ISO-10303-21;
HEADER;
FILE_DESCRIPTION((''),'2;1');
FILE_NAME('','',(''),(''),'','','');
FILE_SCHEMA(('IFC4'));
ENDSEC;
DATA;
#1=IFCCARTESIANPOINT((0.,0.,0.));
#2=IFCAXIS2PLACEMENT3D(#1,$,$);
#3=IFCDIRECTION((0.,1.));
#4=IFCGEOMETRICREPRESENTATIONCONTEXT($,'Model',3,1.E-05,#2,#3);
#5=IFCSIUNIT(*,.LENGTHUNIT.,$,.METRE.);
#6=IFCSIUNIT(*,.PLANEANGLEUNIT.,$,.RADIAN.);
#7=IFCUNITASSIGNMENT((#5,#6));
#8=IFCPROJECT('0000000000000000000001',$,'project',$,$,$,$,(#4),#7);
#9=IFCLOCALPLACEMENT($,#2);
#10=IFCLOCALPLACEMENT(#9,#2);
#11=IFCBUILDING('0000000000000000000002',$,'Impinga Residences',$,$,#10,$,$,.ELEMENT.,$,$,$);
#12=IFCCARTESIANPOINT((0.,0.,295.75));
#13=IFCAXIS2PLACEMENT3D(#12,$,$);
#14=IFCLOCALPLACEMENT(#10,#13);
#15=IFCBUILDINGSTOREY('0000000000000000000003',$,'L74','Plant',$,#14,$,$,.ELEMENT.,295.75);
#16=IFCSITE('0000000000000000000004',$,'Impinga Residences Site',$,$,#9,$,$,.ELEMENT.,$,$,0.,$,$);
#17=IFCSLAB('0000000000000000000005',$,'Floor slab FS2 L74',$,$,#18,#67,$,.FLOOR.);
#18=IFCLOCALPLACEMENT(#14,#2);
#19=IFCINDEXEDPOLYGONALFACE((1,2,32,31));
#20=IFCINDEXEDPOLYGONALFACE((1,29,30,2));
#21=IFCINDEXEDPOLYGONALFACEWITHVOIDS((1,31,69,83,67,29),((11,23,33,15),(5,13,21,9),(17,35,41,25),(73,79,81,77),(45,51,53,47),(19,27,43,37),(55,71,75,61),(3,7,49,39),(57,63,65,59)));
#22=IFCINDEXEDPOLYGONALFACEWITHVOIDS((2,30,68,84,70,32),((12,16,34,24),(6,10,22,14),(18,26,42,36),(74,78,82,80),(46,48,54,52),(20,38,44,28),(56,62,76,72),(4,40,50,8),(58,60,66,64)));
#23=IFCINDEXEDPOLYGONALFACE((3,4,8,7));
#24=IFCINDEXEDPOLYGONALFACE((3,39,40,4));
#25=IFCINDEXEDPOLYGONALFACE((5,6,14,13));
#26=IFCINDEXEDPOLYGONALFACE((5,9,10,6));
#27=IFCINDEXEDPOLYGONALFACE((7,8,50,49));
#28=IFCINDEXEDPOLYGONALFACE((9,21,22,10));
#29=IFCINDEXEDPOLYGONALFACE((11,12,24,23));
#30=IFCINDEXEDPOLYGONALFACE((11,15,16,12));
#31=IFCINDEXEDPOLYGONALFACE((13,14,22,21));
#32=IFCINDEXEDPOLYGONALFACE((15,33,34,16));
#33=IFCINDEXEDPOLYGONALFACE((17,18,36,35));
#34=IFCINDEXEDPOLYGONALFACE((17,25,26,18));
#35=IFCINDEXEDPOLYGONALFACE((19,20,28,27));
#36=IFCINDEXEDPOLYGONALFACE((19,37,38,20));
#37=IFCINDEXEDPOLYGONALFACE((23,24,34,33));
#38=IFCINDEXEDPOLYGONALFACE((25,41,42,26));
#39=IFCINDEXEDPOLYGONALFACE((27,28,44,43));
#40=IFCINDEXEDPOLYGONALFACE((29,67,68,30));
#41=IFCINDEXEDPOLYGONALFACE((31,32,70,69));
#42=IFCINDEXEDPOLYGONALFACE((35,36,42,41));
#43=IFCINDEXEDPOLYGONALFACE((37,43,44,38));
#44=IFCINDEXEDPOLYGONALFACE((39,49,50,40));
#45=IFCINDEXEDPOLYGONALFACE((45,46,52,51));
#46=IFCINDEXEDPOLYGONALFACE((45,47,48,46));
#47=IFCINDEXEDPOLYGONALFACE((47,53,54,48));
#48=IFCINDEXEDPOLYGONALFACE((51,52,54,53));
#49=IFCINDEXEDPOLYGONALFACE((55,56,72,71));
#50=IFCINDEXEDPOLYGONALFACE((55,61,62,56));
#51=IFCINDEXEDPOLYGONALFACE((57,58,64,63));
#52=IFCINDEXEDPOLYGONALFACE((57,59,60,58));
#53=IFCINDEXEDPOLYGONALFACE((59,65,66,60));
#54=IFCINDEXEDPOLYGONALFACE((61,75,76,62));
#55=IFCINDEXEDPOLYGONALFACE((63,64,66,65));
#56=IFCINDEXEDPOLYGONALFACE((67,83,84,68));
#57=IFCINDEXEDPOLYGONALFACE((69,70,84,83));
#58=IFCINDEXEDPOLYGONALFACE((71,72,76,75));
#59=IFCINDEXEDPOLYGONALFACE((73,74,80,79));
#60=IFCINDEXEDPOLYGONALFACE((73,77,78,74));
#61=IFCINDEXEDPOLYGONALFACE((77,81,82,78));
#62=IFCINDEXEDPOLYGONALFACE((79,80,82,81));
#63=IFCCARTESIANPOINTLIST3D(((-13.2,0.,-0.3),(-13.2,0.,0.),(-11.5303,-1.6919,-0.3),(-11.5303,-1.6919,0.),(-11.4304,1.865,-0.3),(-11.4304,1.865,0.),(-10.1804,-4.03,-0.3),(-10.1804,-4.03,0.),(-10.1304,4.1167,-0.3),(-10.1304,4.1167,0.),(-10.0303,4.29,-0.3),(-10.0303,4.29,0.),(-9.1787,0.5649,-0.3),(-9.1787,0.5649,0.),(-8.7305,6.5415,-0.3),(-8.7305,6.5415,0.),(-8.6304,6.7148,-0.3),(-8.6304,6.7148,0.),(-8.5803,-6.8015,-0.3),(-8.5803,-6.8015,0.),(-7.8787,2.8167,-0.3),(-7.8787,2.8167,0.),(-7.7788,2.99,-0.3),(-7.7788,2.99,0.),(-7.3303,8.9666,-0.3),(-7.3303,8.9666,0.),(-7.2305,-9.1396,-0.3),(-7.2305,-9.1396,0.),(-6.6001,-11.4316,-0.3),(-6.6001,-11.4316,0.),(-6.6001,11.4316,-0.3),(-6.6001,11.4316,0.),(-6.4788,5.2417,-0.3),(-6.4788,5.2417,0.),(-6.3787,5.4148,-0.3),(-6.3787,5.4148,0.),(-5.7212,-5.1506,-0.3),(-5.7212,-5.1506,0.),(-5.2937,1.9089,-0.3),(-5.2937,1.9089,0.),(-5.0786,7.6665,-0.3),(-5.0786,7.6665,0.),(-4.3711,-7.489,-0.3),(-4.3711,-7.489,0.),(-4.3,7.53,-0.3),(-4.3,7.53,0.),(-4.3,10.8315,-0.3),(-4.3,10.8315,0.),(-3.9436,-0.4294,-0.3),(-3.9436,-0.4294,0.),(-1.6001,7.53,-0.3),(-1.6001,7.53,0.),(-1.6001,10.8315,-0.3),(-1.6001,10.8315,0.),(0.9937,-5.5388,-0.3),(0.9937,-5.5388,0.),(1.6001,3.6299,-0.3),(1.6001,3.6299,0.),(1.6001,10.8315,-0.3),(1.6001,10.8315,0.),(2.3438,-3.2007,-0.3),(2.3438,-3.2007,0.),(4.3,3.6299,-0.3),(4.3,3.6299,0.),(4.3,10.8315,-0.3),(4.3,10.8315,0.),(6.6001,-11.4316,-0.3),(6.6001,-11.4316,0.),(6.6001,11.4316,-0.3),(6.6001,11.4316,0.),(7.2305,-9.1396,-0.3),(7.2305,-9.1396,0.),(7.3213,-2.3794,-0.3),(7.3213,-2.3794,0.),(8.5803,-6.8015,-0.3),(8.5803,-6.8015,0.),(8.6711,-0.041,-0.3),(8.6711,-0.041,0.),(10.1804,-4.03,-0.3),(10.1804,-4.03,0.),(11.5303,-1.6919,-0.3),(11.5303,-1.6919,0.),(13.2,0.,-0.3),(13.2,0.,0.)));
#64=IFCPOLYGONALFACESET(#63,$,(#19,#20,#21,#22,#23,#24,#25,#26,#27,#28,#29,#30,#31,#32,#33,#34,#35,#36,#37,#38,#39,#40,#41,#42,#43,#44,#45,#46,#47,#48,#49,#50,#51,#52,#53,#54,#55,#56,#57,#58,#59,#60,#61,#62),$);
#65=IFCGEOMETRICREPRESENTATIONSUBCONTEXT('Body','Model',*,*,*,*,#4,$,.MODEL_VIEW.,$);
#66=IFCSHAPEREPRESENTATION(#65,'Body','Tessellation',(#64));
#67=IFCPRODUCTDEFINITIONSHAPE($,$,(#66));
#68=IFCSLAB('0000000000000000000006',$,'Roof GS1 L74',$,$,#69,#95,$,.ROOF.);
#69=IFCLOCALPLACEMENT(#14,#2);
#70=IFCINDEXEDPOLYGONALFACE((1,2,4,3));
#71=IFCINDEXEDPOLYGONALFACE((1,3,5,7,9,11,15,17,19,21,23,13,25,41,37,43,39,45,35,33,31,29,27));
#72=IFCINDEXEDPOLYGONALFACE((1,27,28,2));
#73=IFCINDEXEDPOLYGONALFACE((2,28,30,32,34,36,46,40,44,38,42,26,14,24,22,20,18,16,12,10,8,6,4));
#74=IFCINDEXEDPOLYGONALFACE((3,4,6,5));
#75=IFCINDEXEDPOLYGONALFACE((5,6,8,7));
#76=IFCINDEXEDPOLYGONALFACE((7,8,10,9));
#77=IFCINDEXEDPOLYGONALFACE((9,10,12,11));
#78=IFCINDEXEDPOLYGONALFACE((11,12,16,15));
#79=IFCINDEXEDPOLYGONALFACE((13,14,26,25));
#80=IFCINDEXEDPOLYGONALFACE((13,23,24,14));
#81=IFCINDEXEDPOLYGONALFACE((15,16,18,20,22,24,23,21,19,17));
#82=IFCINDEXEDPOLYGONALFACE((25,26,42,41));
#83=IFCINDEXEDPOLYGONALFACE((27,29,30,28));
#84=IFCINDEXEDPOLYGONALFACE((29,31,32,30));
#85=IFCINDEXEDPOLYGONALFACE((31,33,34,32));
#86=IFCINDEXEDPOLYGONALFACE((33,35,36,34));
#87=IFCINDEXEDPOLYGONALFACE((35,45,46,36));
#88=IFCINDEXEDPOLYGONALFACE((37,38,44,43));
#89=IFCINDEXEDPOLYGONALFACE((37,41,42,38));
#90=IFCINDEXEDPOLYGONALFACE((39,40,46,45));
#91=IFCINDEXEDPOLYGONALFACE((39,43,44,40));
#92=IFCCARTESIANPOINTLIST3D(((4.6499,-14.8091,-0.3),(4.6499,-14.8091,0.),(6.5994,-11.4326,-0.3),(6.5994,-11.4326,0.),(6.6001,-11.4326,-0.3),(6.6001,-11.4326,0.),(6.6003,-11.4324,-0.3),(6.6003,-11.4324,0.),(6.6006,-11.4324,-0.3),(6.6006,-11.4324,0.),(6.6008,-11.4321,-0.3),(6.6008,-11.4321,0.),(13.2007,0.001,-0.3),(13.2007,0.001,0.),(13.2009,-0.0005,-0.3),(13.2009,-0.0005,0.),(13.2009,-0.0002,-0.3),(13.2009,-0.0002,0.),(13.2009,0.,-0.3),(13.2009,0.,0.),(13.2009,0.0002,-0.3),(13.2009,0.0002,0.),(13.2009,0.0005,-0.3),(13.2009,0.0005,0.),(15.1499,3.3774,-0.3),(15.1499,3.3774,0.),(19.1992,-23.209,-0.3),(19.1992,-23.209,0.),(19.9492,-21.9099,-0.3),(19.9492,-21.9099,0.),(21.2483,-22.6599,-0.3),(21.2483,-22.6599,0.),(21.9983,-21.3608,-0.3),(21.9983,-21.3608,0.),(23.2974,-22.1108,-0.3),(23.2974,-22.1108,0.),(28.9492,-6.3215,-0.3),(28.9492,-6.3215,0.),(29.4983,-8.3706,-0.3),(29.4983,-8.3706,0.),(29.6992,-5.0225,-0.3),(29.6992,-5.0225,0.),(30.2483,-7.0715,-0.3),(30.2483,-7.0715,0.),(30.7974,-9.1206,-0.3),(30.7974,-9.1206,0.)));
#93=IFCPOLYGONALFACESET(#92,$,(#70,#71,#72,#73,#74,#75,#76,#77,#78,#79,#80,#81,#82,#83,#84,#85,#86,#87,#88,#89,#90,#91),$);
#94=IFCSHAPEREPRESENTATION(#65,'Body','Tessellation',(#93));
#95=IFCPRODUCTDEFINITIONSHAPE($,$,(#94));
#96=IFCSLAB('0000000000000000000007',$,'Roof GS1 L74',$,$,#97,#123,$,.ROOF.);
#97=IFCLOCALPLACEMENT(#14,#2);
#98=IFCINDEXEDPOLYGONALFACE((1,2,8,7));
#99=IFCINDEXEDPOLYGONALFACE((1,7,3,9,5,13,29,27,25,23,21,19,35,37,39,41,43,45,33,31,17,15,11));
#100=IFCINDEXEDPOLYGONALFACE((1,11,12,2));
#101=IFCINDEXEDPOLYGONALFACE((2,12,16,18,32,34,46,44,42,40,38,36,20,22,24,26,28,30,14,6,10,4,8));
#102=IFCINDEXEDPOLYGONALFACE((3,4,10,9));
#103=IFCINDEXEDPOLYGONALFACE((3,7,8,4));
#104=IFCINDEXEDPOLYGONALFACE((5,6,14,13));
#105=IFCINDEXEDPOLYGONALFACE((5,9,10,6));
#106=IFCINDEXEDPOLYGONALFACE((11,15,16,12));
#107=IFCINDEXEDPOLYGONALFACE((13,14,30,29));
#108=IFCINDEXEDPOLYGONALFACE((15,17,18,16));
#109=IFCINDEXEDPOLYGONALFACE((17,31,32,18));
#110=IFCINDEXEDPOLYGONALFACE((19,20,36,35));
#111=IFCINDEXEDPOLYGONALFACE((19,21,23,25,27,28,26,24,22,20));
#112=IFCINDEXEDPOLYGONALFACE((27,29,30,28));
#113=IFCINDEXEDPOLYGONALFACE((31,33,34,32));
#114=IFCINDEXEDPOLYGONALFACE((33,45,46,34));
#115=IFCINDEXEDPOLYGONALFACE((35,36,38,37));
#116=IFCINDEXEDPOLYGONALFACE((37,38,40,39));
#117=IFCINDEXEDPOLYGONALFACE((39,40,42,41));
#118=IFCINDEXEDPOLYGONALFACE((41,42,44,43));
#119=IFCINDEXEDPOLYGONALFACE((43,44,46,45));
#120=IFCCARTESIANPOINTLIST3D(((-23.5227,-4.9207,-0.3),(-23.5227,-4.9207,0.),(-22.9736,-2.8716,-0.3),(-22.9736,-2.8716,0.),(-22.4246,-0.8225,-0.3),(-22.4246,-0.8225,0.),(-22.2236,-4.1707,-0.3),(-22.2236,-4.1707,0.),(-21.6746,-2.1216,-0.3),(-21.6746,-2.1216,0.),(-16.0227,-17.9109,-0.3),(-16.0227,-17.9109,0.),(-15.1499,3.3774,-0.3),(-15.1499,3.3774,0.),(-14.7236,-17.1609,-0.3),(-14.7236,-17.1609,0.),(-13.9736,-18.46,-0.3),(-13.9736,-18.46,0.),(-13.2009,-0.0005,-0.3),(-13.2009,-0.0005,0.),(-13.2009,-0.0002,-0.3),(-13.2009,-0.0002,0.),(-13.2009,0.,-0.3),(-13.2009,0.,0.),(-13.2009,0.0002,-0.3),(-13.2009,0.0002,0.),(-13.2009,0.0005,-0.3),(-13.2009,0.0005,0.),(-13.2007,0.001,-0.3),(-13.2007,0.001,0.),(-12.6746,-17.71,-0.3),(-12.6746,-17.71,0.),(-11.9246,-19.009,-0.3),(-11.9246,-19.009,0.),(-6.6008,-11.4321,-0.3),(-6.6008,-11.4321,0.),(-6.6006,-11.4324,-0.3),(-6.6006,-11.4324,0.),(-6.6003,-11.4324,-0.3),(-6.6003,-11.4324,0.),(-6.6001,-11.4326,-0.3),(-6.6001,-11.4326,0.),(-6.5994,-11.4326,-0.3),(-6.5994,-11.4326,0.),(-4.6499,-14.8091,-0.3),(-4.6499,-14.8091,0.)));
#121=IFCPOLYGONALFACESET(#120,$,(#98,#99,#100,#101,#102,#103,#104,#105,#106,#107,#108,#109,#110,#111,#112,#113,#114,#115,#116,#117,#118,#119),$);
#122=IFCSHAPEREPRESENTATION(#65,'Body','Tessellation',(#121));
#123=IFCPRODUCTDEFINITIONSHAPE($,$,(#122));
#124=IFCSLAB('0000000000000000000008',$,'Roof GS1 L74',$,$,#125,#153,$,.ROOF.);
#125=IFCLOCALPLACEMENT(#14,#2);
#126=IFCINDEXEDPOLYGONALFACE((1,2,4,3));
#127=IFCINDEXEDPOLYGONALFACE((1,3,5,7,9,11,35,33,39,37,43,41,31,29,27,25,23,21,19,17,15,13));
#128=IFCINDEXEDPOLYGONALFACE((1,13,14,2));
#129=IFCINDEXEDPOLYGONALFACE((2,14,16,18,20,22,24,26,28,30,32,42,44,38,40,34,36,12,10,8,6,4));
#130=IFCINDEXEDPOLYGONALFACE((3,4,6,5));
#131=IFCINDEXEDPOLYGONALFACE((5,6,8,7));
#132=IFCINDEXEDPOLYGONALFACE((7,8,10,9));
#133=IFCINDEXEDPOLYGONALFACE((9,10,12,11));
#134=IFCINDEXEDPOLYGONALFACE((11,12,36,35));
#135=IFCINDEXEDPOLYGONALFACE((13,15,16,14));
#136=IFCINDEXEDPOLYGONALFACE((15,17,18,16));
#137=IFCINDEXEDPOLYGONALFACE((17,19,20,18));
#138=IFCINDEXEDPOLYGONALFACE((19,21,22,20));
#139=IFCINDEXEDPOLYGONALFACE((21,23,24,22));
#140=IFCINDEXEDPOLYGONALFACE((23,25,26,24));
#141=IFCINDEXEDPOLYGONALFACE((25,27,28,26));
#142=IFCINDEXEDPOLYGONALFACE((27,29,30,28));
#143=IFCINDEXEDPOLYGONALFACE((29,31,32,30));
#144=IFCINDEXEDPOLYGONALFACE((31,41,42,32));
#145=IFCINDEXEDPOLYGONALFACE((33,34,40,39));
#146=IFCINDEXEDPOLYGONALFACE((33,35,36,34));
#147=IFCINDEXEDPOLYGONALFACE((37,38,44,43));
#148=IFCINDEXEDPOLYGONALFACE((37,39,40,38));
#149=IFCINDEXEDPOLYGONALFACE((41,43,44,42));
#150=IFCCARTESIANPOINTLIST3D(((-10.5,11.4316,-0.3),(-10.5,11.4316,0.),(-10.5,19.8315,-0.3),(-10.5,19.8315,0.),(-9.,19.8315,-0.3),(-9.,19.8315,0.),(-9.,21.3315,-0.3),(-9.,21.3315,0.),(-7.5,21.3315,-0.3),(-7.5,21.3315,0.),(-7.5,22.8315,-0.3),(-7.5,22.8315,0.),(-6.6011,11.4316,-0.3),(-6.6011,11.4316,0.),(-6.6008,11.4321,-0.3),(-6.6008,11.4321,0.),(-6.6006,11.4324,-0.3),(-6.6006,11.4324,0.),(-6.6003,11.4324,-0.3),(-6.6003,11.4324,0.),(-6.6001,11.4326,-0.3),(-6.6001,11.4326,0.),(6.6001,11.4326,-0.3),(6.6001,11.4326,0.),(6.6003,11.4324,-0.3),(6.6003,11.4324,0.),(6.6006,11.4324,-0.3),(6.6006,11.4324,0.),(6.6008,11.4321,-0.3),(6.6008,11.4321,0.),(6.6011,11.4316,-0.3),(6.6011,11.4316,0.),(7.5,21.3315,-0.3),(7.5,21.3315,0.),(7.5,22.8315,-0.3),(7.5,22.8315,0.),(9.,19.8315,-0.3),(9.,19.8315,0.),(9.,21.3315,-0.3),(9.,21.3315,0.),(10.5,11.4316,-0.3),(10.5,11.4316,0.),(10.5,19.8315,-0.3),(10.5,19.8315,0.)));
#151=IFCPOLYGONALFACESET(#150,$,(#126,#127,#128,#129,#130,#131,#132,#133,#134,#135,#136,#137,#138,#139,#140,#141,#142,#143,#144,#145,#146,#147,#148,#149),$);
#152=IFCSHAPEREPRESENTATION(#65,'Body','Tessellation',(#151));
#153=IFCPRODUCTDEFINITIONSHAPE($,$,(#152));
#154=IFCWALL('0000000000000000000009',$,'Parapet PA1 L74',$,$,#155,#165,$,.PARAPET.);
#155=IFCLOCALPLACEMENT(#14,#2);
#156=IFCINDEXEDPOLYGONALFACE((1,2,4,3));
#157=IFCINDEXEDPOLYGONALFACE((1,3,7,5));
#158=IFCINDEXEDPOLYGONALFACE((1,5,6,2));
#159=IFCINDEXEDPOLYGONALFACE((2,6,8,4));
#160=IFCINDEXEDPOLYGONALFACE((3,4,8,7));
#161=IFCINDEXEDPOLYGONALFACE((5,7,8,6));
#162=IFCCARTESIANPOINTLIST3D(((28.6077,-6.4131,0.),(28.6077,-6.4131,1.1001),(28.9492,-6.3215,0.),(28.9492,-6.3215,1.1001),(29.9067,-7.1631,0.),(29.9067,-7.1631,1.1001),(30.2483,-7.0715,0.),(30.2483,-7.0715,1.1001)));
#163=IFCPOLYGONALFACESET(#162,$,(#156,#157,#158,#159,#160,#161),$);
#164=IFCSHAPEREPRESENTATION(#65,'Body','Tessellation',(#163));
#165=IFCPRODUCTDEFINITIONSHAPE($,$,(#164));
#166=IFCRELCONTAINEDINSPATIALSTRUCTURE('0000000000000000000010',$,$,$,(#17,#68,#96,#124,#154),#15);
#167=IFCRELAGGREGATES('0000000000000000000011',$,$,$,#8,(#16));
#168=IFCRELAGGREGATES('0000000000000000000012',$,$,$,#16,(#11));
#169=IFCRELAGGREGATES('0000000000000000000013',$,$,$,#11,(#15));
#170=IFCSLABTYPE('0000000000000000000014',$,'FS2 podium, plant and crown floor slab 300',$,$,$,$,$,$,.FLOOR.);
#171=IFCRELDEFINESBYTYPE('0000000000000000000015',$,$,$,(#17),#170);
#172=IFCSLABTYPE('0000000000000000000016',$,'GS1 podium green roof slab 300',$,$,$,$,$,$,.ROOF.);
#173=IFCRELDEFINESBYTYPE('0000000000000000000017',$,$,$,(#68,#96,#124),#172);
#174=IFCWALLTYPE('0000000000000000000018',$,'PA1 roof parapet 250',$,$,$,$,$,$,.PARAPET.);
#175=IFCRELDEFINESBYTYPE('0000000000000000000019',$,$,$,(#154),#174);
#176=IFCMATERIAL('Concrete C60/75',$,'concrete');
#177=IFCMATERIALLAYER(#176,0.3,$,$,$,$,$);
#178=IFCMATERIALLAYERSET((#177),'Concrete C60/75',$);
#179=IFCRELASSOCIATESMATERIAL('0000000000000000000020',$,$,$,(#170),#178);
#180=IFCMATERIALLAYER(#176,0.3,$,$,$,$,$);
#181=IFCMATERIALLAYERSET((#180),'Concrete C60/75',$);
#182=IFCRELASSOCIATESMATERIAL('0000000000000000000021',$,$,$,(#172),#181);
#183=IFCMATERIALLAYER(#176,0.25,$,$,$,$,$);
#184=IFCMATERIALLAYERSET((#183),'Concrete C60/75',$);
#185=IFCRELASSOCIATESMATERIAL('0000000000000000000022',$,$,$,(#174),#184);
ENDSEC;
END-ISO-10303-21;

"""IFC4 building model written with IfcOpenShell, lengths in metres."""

from ifc_helpers import new_model, si_unit, direction, frame, origin, place, context, subcontext, project, spatial, polyline, outline, extrude, material, layer, layer_set, type_object, element, save


model = new_model("IFC4")

# Units and contexts
model_context = context("Model", 3, precision=1e-05, world=origin(), true_north=direction((0.0, 1.0)))
body_context = subcontext(model_context, "Body", "Model", "MODEL_VIEW")
ifc_project = project(units=[si_unit("LENGTHUNIT", "METRE"), si_unit("PLANEANGLEUNIT", "RADIAN")], contexts=[model_context])

# Site, building, storey
site_placement = place(None, origin())
site = spatial("IfcSite", under=ifc_project, at=site_placement, Name="Impinga Residences Site", CompositionType="ELEMENT", RefElevation=0.0)
building_placement = place(site_placement, origin())
building = spatial("IfcBuilding", under=site, at=building_placement, Name="Impinga Residences", CompositionType="ELEMENT")
storey_placement = place(building_placement, frame((0.0, 0.0, 295.75)))
storey = spatial("IfcBuildingStorey", under=building, at=storey_placement, Name="L74", Description="Plant", CompositionType="ELEMENT", Elevation=295.75)

# Slabs
ifc_material_1 = material(Name="Concrete C60/75", Category="concrete")
ifc_layer_1 = layer(ifc_material_1, 0.3)
ifc_layer_set_1 = layer_set([ifc_layer_1], Name="Concrete C60/75")
slab_type_1 = type_object("IfcSlabType", Name="FS2 podium, plant and crown floor slab 300", PredefinedType="FLOOR", material=ifc_layer_set_1)
slab_1_placement = place(storey_placement, frame((0.0, 0.0, -0.3)))
element("IfcSlab", 1, at=slab_1_placement, inside=storey, type_object=slab_type_1, Name="Floor slab FS2 L74", PredefinedType="FLOOR", context=body_context, shape_type="SweptSolid", body=[
    extrude(outline(polyline([(6.6001, -11.4316), (-6.6001, -11.4316), (-13.2, 0.0), (-6.6001, 11.4316), (6.6001, 11.4316), (13.2, 0.0), (6.6001, -11.4316)]), holes=[polyline([(-8.5803, -6.8015), (-7.2305, -9.1396), (-4.3711, -7.489), (-5.7212, -5.1506), (-8.5803, -6.8015)]), polyline([(7.2305, -9.1396), (8.5803, -6.8015), (2.3438, -3.2007), (0.9937, -5.5388), (7.2305, -9.1396)]), polyline([(10.1804, -4.03), (11.5303, -1.6919), (8.6711, -0.041), (7.3213, -2.3794), (10.1804, -4.03)]), polyline([(-11.5303, -1.6919), (-10.1804, -4.03), (-3.9436, -0.4294), (-5.2937, 1.9089), (-11.5303, -1.6919)]), polyline([(-10.1304, 4.1167), (-11.4304, 1.865), (-9.1787, 0.5649), (-7.8787, 2.8167), (-10.1304, 4.1167)]), polyline([(-8.7305, 6.5415), (-10.0303, 4.29), (-7.7788, 2.99), (-6.4788, 5.2417), (-8.7305, 6.5415)]), polyline([(-7.3303, 8.9666), (-8.6304, 6.7148), (-6.3787, 5.4148), (-5.0786, 7.6665), (-7.3303, 8.9666)]), polyline([(4.3, 3.6299), (4.3, 10.8315), (1.6001, 10.8315), (1.6001, 3.6299), (4.3, 3.6299)]), polyline([(-1.6001, 7.53), (-1.6001, 10.8315), (-4.3, 10.8315), (-4.3, 7.53), (-1.6001, 7.53)])]), origin(), (0.0, 0.0, 1.0), 0.3),
])
ifc_layer_2 = layer(ifc_material_1, 0.3)
ifc_layer_set_2 = layer_set([ifc_layer_2], Name="Concrete C60/75")
slab_type_2 = type_object("IfcSlabType", Name="GS1 podium green roof slab 300", PredefinedType="ROOF", material=ifc_layer_set_2)
slab_2_placement = place(storey_placement, frame((0.0, 0.0, -0.3)))
element("IfcSlab", 2, at=slab_2_placement, inside=storey, type_object=slab_type_2, Name="Roof GS1 L74", PredefinedType="ROOF", context=body_context, shape_type="SweptSolid", body=[
    extrude(outline(polyline([(28.9492, -6.3215), (30.2483, -7.0715), (29.4983, -8.3706), (30.7974, -9.1206), (23.2974, -22.1108), (21.9983, -21.3608), (21.2483, -22.6599), (19.9492, -21.9099), (19.1992, -23.209), (4.6499, -14.8091), (6.5994, -11.4326), (6.6001, -11.4326), (6.6001, -11.4326), (6.6001, -11.4326), (6.6003, -11.4324), (6.6003, -11.4324), (6.6003, -11.4324), (6.6006, -11.4324), (6.6006, -11.4324), (6.6006, -11.4324), (6.6008, -11.4321), (6.6008, -11.4321), (6.6008, -11.4321), (13.2009, -0.0005), (13.2009, -0.0005), (13.2009, -0.0002), (13.2009, -0.0002), (13.2009, -0.0002), (13.2009, 0.0), (13.2009, 0.0), (13.2009, 0.0002), (13.2009, 0.0002), (13.2009, 0.0002), (13.2009, 0.0005), (13.2009, 0.0005), (13.2007, 0.001), (15.1499, 3.3774), (29.6992, -5.0225), (28.9492, -6.3215)])), origin(), (0.0, 0.0, 1.0), 0.3),
])
slab_3_placement = place(storey_placement, frame((0.0, 0.0, -0.3)))
element("IfcSlab", 3, at=slab_3_placement, inside=storey, type_object=slab_type_2, Name="Roof GS1 L74", PredefinedType="ROOF", context=body_context, shape_type="SweptSolid", body=[
    extrude(outline(polyline([(-4.6499, -14.8091), (-11.9246, -19.009), (-12.6746, -17.71), (-13.9736, -18.46), (-14.7236, -17.1609), (-16.0227, -17.9109), (-23.5227, -4.9207), (-22.2236, -4.1707), (-22.9736, -2.8716), (-21.6746, -2.1216), (-22.4246, -0.8225), (-15.1499, 3.3774), (-13.2007, 0.001), (-13.2009, 0.0005), (-13.2009, 0.0005), (-13.2009, 0.0002), (-13.2009, 0.0002), (-13.2009, 0.0002), (-13.2009, 0.0), (-13.2009, 0.0), (-13.2009, -0.0002), (-13.2009, -0.0002), (-13.2009, -0.0002), (-13.2009, -0.0005), (-13.2009, -0.0005), (-6.6008, -11.4321), (-6.6008, -11.4321), (-6.6008, -11.4321), (-6.6006, -11.4324), (-6.6006, -11.4324), (-6.6006, -11.4324), (-6.6003, -11.4324), (-6.6003, -11.4324), (-6.6003, -11.4324), (-6.6001, -11.4326), (-6.6001, -11.4326), (-6.6001, -11.4326), (-6.5994, -11.4326), (-4.6499, -14.8091)])), origin(), (0.0, 0.0, 1.0), 0.3),
])
slab_4_placement = place(storey_placement, frame((0.0, 0.0, -0.3)))
element("IfcSlab", 4, at=slab_4_placement, inside=storey, type_object=slab_type_2, Name="Roof GS1 L74", PredefinedType="ROOF", context=body_context, shape_type="SweptSolid", body=[
    extrude(outline(polyline([(-10.5, 11.4316), (-10.5, 19.8315), (-9.0, 19.8315), (-9.0, 21.3315), (-7.5, 21.3315), (-7.5, 22.8315), (7.5, 22.8315), (7.5, 21.3315), (9.0, 21.3315), (9.0, 19.8315), (10.5, 19.8315), (10.5, 11.4316), (6.6011, 11.4316), (6.6008, 11.4321), (6.6008, 11.4321), (6.6008, 11.4321), (6.6006, 11.4324), (6.6006, 11.4324), (6.6006, 11.4324), (6.6003, 11.4324), (6.6003, 11.4324), (6.6003, 11.4324), (6.6001, 11.4326), (6.6001, 11.4326), (6.6001, 11.4326), (-6.6001, 11.4326), (-6.6001, 11.4326), (-6.6001, 11.4326), (-6.6003, 11.4324), (-6.6003, 11.4324), (-6.6003, 11.4324), (-6.6006, 11.4324), (-6.6006, 11.4324), (-6.6006, 11.4324), (-6.6008, 11.4321), (-6.6008, 11.4321), (-6.6008, 11.4321), (-6.6011, 11.4316), (-10.5, 11.4316)])), origin(), (0.0, 0.0, 1.0), 0.3),
])

# Wall
ifc_layer_3 = layer(ifc_material_1, 0.25)
ifc_layer_set_3 = layer_set([ifc_layer_3], Name="Concrete C60/75")
wall_type_1 = type_object("IfcWallType", Name="PA1 roof parapet 250", PredefinedType="PARAPET", material=ifc_layer_set_3)
wall_1_placement = place(storey_placement, origin())
element("IfcWall", 5, at=wall_1_placement, inside=storey, type_object=wall_type_1, Name="Parapet PA1 L74", PredefinedType="PARAPET", context=body_context, shape_type="SweptSolid", body=[
    extrude(outline(polyline([(28.9492, -6.3215), (30.2483, -7.0715), (29.9067, -7.1631), (28.6077, -6.4131), (28.9492, -6.3215)])), origin(), (0.0, 0.0, 1.0), 1.1001),
])

save(model, "model.ifc")
